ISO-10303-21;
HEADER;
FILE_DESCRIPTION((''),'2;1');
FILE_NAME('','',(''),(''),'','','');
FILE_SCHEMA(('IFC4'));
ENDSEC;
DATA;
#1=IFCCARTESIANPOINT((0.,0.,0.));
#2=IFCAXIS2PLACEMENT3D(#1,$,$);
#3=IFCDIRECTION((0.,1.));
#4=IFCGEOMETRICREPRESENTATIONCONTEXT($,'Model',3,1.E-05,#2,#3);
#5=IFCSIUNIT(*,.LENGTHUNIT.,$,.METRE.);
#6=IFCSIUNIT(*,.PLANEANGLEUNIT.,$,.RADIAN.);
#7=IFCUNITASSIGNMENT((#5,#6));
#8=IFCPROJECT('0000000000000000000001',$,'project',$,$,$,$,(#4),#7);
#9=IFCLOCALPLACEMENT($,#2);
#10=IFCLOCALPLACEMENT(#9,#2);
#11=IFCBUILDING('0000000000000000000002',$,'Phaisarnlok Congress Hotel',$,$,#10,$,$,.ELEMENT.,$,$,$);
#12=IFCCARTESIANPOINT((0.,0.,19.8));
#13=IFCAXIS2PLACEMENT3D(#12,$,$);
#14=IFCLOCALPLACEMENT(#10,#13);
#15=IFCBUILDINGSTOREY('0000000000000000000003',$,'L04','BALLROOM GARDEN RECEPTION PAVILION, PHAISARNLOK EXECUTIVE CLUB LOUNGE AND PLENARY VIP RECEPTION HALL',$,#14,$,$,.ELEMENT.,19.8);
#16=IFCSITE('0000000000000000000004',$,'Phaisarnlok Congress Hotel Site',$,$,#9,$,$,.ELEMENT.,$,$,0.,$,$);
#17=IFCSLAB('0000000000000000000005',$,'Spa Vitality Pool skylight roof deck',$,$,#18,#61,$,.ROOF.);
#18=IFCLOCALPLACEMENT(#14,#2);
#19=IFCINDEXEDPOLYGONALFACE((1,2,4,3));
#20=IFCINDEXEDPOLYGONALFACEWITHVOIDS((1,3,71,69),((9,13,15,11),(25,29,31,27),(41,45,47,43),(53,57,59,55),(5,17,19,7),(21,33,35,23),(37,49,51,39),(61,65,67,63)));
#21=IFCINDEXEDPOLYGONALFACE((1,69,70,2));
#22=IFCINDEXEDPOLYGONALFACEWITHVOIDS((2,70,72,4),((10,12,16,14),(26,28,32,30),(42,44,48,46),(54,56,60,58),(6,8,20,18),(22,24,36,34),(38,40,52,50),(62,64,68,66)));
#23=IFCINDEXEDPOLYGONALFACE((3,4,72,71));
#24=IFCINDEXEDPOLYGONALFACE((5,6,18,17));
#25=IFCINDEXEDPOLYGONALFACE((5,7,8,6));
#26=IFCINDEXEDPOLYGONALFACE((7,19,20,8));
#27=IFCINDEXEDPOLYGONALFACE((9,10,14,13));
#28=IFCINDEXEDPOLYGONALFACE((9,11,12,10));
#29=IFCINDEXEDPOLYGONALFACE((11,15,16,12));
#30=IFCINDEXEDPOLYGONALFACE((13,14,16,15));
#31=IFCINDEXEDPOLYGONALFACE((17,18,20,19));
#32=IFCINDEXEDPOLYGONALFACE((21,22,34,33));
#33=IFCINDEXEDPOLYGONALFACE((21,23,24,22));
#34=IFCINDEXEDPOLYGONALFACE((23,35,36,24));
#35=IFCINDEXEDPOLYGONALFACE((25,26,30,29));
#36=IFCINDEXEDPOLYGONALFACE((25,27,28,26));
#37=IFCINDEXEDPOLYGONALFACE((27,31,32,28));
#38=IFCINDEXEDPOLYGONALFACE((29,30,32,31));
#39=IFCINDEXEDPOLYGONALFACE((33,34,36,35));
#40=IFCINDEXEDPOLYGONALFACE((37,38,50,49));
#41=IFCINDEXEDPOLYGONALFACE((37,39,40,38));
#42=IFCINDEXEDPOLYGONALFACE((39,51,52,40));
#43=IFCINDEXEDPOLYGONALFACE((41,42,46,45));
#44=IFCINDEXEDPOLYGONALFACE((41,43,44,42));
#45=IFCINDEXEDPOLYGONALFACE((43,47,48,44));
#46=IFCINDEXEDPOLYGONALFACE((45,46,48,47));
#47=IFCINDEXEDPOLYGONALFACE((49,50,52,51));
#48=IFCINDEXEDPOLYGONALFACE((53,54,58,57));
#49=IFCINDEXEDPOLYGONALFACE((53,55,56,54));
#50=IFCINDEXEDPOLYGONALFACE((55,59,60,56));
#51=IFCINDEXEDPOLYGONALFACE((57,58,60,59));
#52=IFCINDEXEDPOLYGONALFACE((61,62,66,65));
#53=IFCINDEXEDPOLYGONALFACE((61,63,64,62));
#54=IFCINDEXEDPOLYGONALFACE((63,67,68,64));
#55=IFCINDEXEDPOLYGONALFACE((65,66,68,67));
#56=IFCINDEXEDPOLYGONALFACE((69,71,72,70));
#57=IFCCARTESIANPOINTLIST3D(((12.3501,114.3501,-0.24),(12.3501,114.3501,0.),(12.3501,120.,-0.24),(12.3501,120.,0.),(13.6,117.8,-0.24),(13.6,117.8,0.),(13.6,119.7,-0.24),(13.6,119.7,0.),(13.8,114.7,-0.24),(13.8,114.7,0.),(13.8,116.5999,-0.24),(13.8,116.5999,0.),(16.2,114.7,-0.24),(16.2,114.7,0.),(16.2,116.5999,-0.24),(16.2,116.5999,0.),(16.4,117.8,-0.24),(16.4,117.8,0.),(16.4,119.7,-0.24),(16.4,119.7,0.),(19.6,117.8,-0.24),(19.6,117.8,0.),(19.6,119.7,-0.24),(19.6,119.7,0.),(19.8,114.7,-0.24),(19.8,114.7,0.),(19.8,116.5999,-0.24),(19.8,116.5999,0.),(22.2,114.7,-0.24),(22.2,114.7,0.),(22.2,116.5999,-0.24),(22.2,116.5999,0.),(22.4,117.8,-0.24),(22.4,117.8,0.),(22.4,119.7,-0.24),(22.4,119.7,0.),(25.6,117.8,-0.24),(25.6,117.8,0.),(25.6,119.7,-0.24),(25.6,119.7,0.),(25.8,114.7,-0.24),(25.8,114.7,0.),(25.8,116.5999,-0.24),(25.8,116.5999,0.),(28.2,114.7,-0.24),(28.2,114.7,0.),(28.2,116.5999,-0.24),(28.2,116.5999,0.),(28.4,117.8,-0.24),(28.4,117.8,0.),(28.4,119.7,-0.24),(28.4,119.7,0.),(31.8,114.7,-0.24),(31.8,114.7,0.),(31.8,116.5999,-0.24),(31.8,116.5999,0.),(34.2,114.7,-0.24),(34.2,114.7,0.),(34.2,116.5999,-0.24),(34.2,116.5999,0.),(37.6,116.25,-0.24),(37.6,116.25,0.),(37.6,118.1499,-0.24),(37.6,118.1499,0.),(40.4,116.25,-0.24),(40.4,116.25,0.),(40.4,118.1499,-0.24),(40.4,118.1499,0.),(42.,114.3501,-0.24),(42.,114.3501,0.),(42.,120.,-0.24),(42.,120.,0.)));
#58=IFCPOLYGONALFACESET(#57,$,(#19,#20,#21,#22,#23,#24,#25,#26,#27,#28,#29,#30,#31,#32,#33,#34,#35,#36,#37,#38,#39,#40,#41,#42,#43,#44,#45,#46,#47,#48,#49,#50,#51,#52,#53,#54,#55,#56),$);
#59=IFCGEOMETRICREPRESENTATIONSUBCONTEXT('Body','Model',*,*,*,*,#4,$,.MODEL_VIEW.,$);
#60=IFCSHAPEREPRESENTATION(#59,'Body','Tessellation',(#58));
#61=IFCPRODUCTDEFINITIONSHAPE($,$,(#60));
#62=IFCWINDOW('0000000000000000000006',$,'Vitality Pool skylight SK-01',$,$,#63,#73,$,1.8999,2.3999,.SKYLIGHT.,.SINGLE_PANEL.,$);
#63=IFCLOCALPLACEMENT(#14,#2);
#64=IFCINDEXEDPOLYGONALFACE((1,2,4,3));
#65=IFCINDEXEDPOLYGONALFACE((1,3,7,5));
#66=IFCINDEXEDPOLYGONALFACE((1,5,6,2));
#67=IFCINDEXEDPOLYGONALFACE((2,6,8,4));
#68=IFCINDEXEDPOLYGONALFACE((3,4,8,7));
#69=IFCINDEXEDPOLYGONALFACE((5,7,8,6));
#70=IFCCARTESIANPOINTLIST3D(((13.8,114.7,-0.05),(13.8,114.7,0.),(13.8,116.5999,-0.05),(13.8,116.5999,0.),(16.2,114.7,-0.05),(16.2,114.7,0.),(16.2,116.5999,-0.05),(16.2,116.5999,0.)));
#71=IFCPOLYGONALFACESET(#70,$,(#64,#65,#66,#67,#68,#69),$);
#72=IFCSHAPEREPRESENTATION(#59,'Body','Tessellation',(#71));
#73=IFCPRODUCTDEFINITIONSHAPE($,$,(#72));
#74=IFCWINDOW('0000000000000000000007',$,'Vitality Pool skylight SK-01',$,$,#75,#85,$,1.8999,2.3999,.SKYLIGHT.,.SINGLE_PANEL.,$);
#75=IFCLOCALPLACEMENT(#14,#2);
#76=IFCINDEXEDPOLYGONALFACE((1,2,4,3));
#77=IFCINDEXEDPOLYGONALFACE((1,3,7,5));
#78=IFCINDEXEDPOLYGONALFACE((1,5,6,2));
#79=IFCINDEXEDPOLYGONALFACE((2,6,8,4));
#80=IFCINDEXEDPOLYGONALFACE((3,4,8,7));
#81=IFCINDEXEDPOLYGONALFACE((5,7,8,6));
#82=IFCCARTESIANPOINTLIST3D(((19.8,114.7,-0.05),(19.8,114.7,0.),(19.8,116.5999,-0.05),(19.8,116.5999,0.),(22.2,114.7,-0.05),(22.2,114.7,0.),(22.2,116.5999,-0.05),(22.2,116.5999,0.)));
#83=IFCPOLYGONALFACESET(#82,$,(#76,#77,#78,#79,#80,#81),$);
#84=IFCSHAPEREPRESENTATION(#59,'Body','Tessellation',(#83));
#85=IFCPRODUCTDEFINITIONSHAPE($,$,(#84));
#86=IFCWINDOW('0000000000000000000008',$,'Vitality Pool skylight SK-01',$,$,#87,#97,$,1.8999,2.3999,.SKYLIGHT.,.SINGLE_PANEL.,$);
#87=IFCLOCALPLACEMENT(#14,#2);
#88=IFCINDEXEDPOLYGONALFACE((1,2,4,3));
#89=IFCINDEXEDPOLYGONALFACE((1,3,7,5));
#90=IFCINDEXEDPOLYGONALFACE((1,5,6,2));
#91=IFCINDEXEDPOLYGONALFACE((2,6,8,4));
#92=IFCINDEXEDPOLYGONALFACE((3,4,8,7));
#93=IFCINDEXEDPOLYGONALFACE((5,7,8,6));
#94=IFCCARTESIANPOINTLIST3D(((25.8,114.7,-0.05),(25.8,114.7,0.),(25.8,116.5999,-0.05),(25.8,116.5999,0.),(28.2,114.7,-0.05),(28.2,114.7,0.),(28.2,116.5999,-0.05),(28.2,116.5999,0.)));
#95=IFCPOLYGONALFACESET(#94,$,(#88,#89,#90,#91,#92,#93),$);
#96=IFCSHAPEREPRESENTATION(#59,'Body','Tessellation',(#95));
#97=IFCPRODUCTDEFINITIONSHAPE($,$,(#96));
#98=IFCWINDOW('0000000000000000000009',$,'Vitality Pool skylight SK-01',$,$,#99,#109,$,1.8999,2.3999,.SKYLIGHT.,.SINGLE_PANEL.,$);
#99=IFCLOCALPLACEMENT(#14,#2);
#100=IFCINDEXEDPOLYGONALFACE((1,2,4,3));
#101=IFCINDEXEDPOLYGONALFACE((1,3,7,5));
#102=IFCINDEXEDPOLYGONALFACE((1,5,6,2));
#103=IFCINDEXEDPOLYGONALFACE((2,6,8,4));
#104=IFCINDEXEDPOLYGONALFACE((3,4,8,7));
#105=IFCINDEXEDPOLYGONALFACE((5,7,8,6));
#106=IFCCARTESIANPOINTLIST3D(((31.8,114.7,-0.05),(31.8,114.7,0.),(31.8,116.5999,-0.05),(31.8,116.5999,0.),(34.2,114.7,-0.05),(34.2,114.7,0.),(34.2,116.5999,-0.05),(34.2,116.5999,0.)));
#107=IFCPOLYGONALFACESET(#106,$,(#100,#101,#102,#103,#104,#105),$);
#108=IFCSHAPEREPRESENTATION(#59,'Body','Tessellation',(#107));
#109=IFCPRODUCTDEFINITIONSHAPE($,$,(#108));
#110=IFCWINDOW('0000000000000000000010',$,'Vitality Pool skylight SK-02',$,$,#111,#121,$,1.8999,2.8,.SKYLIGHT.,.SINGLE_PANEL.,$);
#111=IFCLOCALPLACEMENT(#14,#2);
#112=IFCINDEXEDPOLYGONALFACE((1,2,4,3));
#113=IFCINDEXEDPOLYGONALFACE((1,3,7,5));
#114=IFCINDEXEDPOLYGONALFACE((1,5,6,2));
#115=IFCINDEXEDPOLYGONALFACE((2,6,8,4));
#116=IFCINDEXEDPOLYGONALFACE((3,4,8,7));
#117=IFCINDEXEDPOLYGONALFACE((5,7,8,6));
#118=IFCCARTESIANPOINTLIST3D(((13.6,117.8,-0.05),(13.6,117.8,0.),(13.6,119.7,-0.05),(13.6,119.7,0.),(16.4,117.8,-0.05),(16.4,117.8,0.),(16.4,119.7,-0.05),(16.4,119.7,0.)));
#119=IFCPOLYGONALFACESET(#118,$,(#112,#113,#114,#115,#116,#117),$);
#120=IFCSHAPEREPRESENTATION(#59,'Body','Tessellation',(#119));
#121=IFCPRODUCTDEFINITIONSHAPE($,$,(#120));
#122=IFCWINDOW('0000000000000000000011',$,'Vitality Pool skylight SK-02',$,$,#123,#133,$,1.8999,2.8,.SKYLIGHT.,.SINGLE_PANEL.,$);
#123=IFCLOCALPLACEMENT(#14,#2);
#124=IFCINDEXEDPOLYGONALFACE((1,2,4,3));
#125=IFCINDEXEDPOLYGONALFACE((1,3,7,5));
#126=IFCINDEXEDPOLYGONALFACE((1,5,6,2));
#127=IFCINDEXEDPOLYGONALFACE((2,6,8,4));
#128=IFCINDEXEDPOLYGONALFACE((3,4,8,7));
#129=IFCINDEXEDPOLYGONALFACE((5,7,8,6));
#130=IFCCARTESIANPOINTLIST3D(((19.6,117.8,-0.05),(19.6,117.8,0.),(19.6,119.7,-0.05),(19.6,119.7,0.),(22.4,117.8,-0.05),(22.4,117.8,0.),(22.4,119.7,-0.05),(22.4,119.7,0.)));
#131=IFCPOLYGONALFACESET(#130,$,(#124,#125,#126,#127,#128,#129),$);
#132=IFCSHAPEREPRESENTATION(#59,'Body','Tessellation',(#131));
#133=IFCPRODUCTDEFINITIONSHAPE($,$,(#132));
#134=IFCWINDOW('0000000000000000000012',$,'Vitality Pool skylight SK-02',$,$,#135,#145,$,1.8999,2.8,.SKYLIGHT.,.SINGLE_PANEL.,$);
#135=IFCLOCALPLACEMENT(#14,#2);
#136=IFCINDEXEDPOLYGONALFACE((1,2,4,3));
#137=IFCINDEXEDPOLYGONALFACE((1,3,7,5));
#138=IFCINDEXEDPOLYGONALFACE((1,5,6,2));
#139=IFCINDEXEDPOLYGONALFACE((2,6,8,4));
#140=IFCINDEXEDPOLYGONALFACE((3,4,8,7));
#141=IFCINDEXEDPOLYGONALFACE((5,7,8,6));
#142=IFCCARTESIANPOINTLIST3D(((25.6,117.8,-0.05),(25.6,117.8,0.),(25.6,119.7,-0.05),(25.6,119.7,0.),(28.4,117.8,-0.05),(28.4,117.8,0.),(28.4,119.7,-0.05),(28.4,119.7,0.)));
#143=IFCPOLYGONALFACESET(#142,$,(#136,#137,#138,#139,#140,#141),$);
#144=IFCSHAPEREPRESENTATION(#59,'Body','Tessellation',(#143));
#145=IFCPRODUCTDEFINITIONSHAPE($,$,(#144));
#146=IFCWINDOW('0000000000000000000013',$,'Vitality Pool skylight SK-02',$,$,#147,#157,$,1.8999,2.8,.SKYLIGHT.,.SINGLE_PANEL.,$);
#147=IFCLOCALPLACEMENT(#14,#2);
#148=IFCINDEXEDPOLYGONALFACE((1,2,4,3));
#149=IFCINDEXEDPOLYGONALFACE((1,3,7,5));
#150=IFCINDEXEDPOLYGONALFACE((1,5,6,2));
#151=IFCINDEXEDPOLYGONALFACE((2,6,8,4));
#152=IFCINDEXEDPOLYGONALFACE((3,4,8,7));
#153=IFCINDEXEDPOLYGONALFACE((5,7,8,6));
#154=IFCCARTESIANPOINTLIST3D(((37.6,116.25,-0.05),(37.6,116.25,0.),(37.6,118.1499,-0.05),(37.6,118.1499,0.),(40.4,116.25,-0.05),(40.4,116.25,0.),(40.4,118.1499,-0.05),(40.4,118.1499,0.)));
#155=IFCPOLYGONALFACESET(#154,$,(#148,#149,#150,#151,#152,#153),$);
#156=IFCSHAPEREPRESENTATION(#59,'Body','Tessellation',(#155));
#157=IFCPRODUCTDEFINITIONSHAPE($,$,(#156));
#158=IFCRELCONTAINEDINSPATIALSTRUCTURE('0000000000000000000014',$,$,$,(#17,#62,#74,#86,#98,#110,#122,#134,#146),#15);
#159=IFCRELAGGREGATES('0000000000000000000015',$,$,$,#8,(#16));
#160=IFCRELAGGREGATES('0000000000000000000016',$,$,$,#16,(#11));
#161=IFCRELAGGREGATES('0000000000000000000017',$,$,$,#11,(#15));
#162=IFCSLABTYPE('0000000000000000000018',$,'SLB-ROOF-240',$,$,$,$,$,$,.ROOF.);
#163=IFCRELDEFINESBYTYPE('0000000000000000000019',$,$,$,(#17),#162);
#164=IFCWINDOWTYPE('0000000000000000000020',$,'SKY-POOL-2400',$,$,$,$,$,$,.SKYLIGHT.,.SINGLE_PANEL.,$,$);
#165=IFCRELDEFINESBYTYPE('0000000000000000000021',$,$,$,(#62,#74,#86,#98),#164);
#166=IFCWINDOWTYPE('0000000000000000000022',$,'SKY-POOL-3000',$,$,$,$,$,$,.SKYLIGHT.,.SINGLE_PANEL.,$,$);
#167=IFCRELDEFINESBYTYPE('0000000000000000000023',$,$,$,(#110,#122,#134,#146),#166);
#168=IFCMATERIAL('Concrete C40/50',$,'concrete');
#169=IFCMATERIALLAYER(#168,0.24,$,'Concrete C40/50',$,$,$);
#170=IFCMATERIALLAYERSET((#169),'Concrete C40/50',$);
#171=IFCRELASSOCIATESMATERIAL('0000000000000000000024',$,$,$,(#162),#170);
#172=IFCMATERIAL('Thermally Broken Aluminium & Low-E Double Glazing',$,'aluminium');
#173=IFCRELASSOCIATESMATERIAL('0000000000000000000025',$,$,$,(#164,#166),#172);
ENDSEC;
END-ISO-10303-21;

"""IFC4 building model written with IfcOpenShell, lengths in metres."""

from ifc_helpers import new_model, si_unit, direction, frame, origin, origin_2d, place, context, subcontext, project, spatial, polyline, rectangle, outline, extrude, material, layer, layer_set, type_object, element, fill, save


model = new_model("IFC4")

# Units and contexts
model_context = context("Model", 3, precision=1e-05, world=origin(), true_north=direction((0.0, 1.0)))
body_context = subcontext(model_context, "Body", "Model", "MODEL_VIEW")
ifc_project = project(units=[si_unit("LENGTHUNIT", "METRE"), si_unit("PLANEANGLEUNIT", "RADIAN")], contexts=[model_context])

# Site, building, storey
site_placement = place(None, origin())
site = spatial("IfcSite", under=ifc_project, at=site_placement, Name="Phaisarnlok Congress Hotel Site", CompositionType="ELEMENT", RefElevation=0.0)
building_placement = place(site_placement, origin())
building = spatial("IfcBuilding", under=site, at=building_placement, Name="Phaisarnlok Congress Hotel", CompositionType="ELEMENT")
storey_placement = place(building_placement, frame((0.0, 0.0, 19.8)))
storey = spatial("IfcBuildingStorey", under=building, at=storey_placement, Name="L04", Description="BALLROOM GARDEN RECEPTION PAVILION, PHAISARNLOK EXECUTIVE CLUB LOUNGE AND PLENARY VIP RECEPTION HALL", CompositionType="ELEMENT", Elevation=19.8)

# Shared definitions
ifc_material_1 = material(Name="Concrete C40/50", Category="concrete")
ifc_layer_1 = layer(ifc_material_1, 0.24, Name="Concrete C40/50")
ifc_layer_set_1 = layer_set([ifc_layer_1], Name="Concrete C40/50")
slab_type_1 = type_object("IfcSlabType", Name="SLB-ROOF-240", PredefinedType="ROOF", material=ifc_layer_set_1)

# Slab, openings, windows
slab_1_placement = place(storey_placement, frame((0.0, 0.0, -0.24)))
slab_1 = element("IfcSlab", 1, at=slab_1_placement, inside=storey, type_object=slab_type_1, Name="Spa Vitality Pool skylight roof deck", PredefinedType="ROOF", context=body_context, shape_type="SweptSolid", body=[
    extrude(outline(polyline([(12.3501, 114.3501), (42.0, 114.3501), (42.0, 120.0), (12.3501, 120.0), (12.3501, 114.3501)])), origin(), (0.0, 0.0, 1.0), 0.24),
])
opening_1_placement = place(slab_1_placement, frame((15.0, 115.6499, 0.0)))
opening_1 = element("IfcOpeningElement", 2, at=opening_1_placement, cuts=slab_1, PredefinedType="OPENING", context=body_context, shape_type="SweptSolid", body=[
    extrude(rectangle(XDim=2.3999, YDim=1.8999, at=origin_2d()), frame((0.0, 0.0, -0.01)), (0.0, 0.0, 1.0), 0.26),
])
opening_2_placement = place(slab_1_placement, frame((15.0, 118.75, 0.0)))
opening_2 = element("IfcOpeningElement", 3, at=opening_2_placement, cuts=slab_1, PredefinedType="OPENING", context=body_context, shape_type="SweptSolid", body=[
    extrude(rectangle(XDim=2.8, YDim=1.8999, at=origin_2d()), frame((0.0, 0.0, -0.01)), (0.0, 0.0, 1.0), 0.26),
])
opening_3_placement = place(slab_1_placement, frame((21.0, 115.6499, 0.0)))
opening_3 = element("IfcOpeningElement", 4, at=opening_3_placement, cuts=slab_1, PredefinedType="OPENING", context=body_context, shape_type="SweptSolid", body=[
    extrude(rectangle(XDim=2.3999, YDim=1.8999, at=origin_2d()), frame((0.0, 0.0, -0.01)), (0.0, 0.0, 1.0), 0.26),
])
opening_4_placement = place(slab_1_placement, frame((21.0, 118.75, 0.0)))
opening_4 = element("IfcOpeningElement", 5, at=opening_4_placement, cuts=slab_1, PredefinedType="OPENING", context=body_context, shape_type="SweptSolid", body=[
    extrude(rectangle(XDim=2.8, YDim=1.8999, at=origin_2d()), frame((0.0, 0.0, -0.01)), (0.0, 0.0, 1.0), 0.26),
])
opening_5_placement = place(slab_1_placement, frame((27.0, 115.6499, 0.0)))
opening_5 = element("IfcOpeningElement", 6, at=opening_5_placement, cuts=slab_1, PredefinedType="OPENING", context=body_context, shape_type="SweptSolid", body=[
    extrude(rectangle(XDim=2.3999, YDim=1.8999, at=origin_2d()), frame((0.0, 0.0, -0.01)), (0.0, 0.0, 1.0), 0.26),
])
opening_6_placement = place(slab_1_placement, frame((27.0, 118.75, 0.0)))
opening_6 = element("IfcOpeningElement", 7, at=opening_6_placement, cuts=slab_1, PredefinedType="OPENING", context=body_context, shape_type="SweptSolid", body=[
    extrude(rectangle(XDim=2.8, YDim=1.8999, at=origin_2d()), frame((0.0, 0.0, -0.01)), (0.0, 0.0, 1.0), 0.26),
])
opening_7_placement = place(slab_1_placement, frame((33.0, 115.6499, 0.0)))
opening_7 = element("IfcOpeningElement", 8, at=opening_7_placement, cuts=slab_1, PredefinedType="OPENING", context=body_context, shape_type="SweptSolid", body=[
    extrude(rectangle(XDim=2.3999, YDim=1.8999, at=origin_2d()), frame((0.0, 0.0, -0.01)), (0.0, 0.0, 1.0), 0.26),
])
opening_8_placement = place(slab_1_placement, frame((39.0, 117.2, 0.0)))
opening_8 = element("IfcOpeningElement", 9, at=opening_8_placement, cuts=slab_1, PredefinedType="OPENING", context=body_context, shape_type="SweptSolid", body=[
    extrude(rectangle(XDim=2.8, YDim=1.8999, at=origin_2d()), frame((0.0, 0.0, -0.01)), (0.0, 0.0, 1.0), 0.26),
])
ifc_material_2 = material(Name="Thermally Broken Aluminium & Low-E Double Glazing", Category="aluminium")
window_type_1 = type_object("IfcWindowType", Name="SKY-POOL-2400", PartitioningType="SINGLE_PANEL", PredefinedType="SKYLIGHT", material=ifc_material_2)
window_1_placement = place(opening_1_placement, frame((0.0, 0.0, 0.1899)))
window_1 = element("IfcWindow", 10, at=window_1_placement, inside=storey, type_object=window_type_1, Name="Vitality Pool skylight SK-01", OverallHeight=1.8999, OverallWidth=2.3999, PartitioningType="SINGLE_PANEL", PredefinedType="SKYLIGHT", context=body_context, shape_type="SweptSolid", body=[
    extrude(rectangle(XDim=2.3999, YDim=1.8999, at=origin_2d()), origin(), (0.0, 0.0, 1.0), 0.05),
])
fill(opening_1, window_1)
window_2_placement = place(opening_3_placement, frame((0.0, 0.0, 0.1899)))
window_2 = element("IfcWindow", 11, at=window_2_placement, inside=storey, type_object=window_type_1, Name="Vitality Pool skylight SK-01", OverallHeight=1.8999, OverallWidth=2.3999, PartitioningType="SINGLE_PANEL", PredefinedType="SKYLIGHT", context=body_context, shape_type="SweptSolid", body=[
    extrude(rectangle(XDim=2.3999, YDim=1.8999, at=origin_2d()), origin(), (0.0, 0.0, 1.0), 0.05),
])
fill(opening_3, window_2)
window_3_placement = place(opening_5_placement, frame((0.0, 0.0, 0.1899)))
window_3 = element("IfcWindow", 12, at=window_3_placement, inside=storey, type_object=window_type_1, Name="Vitality Pool skylight SK-01", OverallHeight=1.8999, OverallWidth=2.3999, PartitioningType="SINGLE_PANEL", PredefinedType="SKYLIGHT", context=body_context, shape_type="SweptSolid", body=[
    extrude(rectangle(XDim=2.3999, YDim=1.8999, at=origin_2d()), origin(), (0.0, 0.0, 1.0), 0.05),
])
fill(opening_5, window_3)
window_4_placement = place(opening_7_placement, frame((0.0, 0.0, 0.1899)))
window_4 = element("IfcWindow", 13, at=window_4_placement, inside=storey, type_object=window_type_1, Name="Vitality Pool skylight SK-01", OverallHeight=1.8999, OverallWidth=2.3999, PartitioningType="SINGLE_PANEL", PredefinedType="SKYLIGHT", context=body_context, shape_type="SweptSolid", body=[
    extrude(rectangle(XDim=2.3999, YDim=1.8999, at=origin_2d()), origin(), (0.0, 0.0, 1.0), 0.05),
])
fill(opening_7, window_4)
window_type_2 = type_object("IfcWindowType", Name="SKY-POOL-3000", PartitioningType="SINGLE_PANEL", PredefinedType="SKYLIGHT", material=ifc_material_2)
window_5_placement = place(opening_2_placement, frame((0.0, 0.0, 0.1899)))
window_5 = element("IfcWindow", 14, at=window_5_placement, inside=storey, type_object=window_type_2, Name="Vitality Pool skylight SK-02", OverallHeight=1.8999, OverallWidth=2.8, PartitioningType="SINGLE_PANEL", PredefinedType="SKYLIGHT", context=body_context, shape_type="SweptSolid", body=[
    extrude(rectangle(XDim=2.8, YDim=1.8999, at=origin_2d()), origin(), (0.0, 0.0, 1.0), 0.05),
])
fill(opening_2, window_5)
window_6_placement = place(opening_4_placement, frame((0.0, 0.0, 0.1899)))
window_6 = element("IfcWindow", 15, at=window_6_placement, inside=storey, type_object=window_type_2, Name="Vitality Pool skylight SK-02", OverallHeight=1.8999, OverallWidth=2.8, PartitioningType="SINGLE_PANEL", PredefinedType="SKYLIGHT", context=body_context, shape_type="SweptSolid", body=[
    extrude(rectangle(XDim=2.8, YDim=1.8999, at=origin_2d()), origin(), (0.0, 0.0, 1.0), 0.05),
])
fill(opening_4, window_6)
window_7_placement = place(opening_6_placement, frame((0.0, 0.0, 0.1899)))
window_7 = element("IfcWindow", 16, at=window_7_placement, inside=storey, type_object=window_type_2, Name="Vitality Pool skylight SK-02", OverallHeight=1.8999, OverallWidth=2.8, PartitioningType="SINGLE_PANEL", PredefinedType="SKYLIGHT", context=body_context, shape_type="SweptSolid", body=[
    extrude(rectangle(XDim=2.8, YDim=1.8999, at=origin_2d()), origin(), (0.0, 0.0, 1.0), 0.05),
])
fill(opening_6, window_7)
window_8_placement = place(opening_8_placement, frame((0.0, 0.0, 0.1899)))
window_8 = element("IfcWindow", 17, at=window_8_placement, inside=storey, type_object=window_type_2, Name="Vitality Pool skylight SK-02", OverallHeight=1.8999, OverallWidth=2.8, PartitioningType="SINGLE_PANEL", PredefinedType="SKYLIGHT", context=body_context, shape_type="SweptSolid", body=[
    extrude(rectangle(XDim=2.8, YDim=1.8999, at=origin_2d()), origin(), (0.0, 0.0, 1.0), 0.05),
])
fill(opening_8, window_8)

save(model, "model.ifc")
